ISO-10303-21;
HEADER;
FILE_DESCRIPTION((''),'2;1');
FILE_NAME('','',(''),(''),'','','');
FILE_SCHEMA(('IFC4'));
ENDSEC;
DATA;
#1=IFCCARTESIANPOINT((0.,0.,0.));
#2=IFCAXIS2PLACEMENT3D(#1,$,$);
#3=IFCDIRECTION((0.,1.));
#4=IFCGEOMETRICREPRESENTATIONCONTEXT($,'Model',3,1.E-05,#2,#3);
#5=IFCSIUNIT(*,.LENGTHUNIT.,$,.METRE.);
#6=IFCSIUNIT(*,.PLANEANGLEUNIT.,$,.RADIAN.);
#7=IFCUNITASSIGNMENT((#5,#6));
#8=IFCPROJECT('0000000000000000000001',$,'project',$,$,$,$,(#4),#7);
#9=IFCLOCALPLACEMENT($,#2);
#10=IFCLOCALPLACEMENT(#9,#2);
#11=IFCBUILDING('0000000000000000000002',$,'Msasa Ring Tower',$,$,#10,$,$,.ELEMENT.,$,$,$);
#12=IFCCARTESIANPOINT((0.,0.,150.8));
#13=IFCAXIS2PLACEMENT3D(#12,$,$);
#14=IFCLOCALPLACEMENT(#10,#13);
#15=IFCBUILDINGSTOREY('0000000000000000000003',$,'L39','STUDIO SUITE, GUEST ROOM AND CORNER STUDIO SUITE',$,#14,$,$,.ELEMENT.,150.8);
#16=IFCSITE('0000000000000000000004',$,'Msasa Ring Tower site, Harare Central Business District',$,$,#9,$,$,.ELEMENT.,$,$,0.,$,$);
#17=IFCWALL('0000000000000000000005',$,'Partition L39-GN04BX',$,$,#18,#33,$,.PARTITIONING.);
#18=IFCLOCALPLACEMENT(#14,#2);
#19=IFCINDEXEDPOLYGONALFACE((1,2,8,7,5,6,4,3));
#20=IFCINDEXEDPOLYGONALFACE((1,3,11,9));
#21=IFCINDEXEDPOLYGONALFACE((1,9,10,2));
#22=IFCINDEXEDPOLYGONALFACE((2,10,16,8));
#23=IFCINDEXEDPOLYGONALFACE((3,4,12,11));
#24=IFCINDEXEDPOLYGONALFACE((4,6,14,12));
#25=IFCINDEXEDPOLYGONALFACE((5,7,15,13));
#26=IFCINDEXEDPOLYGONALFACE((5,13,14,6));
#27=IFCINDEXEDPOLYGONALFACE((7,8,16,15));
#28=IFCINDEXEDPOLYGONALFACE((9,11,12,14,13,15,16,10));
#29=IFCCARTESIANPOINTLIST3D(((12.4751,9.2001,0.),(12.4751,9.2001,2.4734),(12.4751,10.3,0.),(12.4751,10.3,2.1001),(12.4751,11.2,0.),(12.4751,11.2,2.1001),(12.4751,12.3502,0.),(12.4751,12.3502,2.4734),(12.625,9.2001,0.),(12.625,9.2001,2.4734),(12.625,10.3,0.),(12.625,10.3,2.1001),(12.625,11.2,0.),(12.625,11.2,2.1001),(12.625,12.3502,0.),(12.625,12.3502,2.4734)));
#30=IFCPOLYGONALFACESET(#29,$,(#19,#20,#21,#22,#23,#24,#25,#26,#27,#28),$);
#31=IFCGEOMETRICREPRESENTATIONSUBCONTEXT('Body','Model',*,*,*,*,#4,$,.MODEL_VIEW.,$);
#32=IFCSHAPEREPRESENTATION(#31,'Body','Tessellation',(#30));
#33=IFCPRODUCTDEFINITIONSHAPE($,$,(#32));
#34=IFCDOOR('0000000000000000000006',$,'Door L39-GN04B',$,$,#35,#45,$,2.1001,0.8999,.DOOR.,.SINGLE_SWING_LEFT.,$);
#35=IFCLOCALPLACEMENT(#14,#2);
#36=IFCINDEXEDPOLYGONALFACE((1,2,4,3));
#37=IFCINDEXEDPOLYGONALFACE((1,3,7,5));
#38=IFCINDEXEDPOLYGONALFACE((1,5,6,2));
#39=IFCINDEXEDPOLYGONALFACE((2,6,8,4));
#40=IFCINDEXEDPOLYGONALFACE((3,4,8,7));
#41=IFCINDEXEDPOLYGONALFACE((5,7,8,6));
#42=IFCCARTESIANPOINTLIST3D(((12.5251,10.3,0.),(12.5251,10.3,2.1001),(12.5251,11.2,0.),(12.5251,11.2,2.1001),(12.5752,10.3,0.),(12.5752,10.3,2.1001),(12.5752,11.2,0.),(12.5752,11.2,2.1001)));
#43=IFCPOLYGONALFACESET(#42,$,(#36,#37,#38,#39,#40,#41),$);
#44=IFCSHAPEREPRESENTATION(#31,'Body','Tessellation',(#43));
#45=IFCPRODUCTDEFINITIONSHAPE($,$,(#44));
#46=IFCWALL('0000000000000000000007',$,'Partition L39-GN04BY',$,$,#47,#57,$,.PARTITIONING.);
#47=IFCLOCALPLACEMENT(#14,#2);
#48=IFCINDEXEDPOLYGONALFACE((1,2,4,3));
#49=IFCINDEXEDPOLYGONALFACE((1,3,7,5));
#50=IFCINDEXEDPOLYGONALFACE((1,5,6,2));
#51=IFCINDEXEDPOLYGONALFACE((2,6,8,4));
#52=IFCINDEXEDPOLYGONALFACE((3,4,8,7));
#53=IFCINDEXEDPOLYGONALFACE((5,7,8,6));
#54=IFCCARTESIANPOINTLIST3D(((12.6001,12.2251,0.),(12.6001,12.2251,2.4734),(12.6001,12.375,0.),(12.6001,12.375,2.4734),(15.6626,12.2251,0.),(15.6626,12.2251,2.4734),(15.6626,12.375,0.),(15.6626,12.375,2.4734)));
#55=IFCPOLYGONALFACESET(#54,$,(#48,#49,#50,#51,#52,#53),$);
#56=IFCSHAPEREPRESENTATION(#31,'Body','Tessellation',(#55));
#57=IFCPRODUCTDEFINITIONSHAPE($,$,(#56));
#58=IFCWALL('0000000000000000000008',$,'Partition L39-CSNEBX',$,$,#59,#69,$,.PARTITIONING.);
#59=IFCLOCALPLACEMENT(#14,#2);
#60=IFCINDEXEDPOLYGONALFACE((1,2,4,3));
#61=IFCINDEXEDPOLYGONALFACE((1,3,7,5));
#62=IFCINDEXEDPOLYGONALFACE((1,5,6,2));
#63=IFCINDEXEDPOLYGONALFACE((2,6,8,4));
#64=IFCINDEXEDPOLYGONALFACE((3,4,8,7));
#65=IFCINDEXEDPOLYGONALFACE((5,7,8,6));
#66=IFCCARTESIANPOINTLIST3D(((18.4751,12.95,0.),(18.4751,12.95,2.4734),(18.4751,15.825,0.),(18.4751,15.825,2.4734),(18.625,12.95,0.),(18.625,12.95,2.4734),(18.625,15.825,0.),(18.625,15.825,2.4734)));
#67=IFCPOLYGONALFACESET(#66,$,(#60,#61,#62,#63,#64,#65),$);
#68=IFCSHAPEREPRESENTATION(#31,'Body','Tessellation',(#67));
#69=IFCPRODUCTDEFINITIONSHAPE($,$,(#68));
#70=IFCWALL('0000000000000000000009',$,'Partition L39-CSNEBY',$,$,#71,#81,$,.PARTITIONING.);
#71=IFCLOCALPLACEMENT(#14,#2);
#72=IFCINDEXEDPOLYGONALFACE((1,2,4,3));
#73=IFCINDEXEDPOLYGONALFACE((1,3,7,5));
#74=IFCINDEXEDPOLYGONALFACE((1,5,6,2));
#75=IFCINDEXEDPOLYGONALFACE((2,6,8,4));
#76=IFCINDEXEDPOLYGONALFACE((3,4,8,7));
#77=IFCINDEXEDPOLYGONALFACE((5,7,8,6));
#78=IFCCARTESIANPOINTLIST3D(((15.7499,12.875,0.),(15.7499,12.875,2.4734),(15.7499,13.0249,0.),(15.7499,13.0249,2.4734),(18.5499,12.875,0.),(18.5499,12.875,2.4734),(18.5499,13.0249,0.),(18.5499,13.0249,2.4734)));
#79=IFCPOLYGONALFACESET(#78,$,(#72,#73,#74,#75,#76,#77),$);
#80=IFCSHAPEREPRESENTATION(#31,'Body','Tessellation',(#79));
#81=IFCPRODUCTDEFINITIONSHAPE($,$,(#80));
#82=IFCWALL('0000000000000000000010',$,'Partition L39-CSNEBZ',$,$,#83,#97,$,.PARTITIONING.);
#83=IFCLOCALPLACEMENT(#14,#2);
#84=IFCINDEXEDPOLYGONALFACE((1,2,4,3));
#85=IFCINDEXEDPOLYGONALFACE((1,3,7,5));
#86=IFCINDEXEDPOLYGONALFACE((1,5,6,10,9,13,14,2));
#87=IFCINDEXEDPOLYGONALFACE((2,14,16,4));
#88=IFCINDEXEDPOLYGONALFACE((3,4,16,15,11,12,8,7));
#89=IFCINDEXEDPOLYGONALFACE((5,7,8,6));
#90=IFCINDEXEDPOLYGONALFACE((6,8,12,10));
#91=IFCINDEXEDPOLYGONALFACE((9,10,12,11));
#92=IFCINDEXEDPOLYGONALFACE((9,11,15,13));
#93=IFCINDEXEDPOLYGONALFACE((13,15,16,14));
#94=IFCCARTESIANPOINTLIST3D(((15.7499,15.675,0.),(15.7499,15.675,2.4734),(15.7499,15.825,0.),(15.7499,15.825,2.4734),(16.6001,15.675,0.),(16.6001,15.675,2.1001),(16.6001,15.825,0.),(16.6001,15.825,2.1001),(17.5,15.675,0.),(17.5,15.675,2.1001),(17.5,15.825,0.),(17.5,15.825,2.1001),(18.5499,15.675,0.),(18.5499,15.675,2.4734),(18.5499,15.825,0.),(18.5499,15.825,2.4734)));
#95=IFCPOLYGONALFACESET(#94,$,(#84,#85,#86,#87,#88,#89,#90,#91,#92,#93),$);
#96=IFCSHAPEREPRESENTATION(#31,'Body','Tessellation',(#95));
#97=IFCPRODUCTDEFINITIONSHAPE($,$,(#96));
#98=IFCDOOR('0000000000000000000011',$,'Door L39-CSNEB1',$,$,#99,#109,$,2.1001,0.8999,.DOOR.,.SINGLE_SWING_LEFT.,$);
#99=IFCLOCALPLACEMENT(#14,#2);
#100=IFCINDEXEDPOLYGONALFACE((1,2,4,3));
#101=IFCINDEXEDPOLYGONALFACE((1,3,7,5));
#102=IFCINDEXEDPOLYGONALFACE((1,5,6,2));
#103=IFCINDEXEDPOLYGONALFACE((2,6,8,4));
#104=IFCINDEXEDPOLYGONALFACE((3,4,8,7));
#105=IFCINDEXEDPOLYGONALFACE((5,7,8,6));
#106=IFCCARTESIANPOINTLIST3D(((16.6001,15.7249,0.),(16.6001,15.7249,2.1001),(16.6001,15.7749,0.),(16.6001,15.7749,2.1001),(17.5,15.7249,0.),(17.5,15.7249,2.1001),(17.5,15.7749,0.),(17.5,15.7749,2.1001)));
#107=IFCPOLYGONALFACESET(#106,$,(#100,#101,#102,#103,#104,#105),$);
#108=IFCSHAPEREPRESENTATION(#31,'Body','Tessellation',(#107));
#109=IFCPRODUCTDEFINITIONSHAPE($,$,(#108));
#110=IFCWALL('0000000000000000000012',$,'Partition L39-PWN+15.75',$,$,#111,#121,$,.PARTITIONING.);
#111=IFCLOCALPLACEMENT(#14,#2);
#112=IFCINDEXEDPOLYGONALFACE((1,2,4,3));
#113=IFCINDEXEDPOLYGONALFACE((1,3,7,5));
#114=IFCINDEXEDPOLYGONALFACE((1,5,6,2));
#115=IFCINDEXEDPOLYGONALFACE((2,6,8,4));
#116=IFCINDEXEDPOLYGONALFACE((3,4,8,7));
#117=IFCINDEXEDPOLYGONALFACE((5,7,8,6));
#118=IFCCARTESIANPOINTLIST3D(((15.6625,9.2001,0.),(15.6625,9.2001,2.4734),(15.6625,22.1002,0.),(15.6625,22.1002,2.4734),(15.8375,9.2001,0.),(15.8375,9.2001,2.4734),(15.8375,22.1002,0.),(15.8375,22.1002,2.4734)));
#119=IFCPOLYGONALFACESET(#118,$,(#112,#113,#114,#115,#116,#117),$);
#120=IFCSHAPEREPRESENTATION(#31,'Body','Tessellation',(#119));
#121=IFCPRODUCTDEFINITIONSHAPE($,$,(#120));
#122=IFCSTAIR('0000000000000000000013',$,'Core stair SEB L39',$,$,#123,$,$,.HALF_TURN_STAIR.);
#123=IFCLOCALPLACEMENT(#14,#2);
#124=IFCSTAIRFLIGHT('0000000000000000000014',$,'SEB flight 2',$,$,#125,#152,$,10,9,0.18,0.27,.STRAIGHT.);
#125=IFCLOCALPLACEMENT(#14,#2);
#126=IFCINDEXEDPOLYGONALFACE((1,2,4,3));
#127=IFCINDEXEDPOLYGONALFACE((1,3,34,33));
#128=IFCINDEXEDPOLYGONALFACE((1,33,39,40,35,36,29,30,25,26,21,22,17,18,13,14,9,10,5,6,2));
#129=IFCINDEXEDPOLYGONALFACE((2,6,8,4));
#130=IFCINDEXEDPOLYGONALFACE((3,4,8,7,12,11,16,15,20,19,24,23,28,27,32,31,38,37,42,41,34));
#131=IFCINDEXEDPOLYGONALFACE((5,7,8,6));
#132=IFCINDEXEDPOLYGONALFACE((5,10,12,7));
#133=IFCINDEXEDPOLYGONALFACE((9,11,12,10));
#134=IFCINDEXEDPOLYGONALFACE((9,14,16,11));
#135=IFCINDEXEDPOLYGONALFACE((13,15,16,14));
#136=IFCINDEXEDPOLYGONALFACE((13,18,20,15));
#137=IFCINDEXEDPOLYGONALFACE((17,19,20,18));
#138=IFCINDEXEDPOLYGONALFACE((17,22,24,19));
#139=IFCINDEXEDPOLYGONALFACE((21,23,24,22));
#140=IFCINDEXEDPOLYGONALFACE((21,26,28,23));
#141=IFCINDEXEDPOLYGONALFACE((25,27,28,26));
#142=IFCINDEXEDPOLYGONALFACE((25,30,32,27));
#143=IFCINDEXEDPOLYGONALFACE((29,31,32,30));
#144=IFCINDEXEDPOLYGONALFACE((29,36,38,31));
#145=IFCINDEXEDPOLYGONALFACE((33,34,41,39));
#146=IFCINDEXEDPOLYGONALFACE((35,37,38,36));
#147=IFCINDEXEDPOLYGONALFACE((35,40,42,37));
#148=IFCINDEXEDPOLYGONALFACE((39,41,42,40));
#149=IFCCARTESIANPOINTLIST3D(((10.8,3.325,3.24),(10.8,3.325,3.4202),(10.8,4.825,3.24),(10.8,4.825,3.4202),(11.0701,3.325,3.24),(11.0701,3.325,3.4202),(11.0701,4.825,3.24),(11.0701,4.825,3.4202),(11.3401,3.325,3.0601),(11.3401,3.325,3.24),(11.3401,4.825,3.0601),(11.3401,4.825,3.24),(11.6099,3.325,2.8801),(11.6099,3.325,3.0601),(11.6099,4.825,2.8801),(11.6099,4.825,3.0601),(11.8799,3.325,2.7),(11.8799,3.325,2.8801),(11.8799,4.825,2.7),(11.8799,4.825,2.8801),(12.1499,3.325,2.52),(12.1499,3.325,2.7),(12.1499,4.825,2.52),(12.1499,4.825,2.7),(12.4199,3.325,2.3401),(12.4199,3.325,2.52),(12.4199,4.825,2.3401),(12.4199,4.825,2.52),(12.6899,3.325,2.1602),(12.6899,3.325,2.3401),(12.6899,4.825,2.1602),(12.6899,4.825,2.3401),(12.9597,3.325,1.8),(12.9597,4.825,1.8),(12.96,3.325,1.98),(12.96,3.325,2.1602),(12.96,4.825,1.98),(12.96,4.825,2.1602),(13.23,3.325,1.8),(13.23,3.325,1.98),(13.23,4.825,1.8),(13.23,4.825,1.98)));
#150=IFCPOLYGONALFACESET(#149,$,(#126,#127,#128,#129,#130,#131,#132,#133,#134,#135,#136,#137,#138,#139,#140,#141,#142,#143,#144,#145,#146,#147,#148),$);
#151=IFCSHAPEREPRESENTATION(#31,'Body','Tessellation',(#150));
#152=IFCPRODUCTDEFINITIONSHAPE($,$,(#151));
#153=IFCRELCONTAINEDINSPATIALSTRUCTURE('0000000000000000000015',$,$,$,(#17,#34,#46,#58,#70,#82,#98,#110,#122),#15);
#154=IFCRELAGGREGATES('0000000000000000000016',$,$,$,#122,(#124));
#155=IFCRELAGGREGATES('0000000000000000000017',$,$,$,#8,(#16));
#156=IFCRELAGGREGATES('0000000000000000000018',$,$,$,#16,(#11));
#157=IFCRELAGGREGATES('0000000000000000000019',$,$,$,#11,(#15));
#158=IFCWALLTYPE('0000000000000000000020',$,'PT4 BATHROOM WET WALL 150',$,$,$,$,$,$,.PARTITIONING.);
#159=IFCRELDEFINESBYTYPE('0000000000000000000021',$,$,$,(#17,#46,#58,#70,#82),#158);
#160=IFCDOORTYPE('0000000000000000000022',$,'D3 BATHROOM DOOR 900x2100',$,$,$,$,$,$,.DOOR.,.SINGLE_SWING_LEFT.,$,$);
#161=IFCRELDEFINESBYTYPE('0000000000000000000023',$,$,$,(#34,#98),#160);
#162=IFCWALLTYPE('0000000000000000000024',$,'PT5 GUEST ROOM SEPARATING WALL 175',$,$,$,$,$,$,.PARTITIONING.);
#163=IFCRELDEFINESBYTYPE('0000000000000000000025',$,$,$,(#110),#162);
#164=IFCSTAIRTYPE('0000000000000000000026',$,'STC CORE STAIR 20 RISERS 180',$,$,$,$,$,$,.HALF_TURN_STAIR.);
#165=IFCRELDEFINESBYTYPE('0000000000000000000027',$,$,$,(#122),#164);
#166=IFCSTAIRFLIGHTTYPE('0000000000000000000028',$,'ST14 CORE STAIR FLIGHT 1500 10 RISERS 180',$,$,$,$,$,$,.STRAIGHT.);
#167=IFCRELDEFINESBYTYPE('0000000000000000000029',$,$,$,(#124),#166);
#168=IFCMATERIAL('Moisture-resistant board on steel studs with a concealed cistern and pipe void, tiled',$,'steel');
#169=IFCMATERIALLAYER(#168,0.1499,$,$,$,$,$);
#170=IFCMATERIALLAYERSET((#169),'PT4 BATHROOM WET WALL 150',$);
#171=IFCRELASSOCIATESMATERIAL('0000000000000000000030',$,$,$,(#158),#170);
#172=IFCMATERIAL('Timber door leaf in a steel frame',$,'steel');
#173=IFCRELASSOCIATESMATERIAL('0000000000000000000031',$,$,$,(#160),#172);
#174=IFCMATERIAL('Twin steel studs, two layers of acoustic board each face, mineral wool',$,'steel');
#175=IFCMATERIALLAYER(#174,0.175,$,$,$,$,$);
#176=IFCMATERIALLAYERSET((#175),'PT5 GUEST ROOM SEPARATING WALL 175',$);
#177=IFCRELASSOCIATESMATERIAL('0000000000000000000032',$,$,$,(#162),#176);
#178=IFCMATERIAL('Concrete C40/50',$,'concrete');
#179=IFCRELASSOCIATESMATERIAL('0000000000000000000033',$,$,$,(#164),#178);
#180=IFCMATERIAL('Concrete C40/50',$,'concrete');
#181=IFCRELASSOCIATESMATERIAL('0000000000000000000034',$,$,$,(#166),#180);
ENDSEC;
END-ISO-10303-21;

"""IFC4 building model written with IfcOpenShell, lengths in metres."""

from ifc_helpers import new_model, si_unit, direction, frame, frame_2d, origin, place, context, subcontext, project, spatial, polyline, rectangle, outline, extrude, material, layer, layer_set, type_object, element, fill, aggregate, save


model = new_model("IFC4")

# Units and contexts
model_context = context("Model", 3, precision=1e-05, world=origin(), true_north=direction((0.0, 1.0)))
body_context = subcontext(model_context, "Body", "Model", "MODEL_VIEW")
ifc_project = project(units=[si_unit("LENGTHUNIT", "METRE"), si_unit("PLANEANGLEUNIT", "RADIAN")], contexts=[model_context])

# Site, building, storey
site_placement = place(None, origin())
site = spatial("IfcSite", under=ifc_project, at=site_placement, Name="Msasa Ring Tower site, Harare Central Business District", CompositionType="ELEMENT", RefElevation=0.0)
building_placement = place(site_placement, origin())
building = spatial("IfcBuilding", under=site, at=building_placement, Name="Msasa Ring Tower", CompositionType="ELEMENT")
storey_placement = place(building_placement, frame((0.0, 0.0, 150.8)))
storey = spatial("IfcBuildingStorey", under=building, at=storey_placement, Name="L39", Description="STUDIO SUITE, GUEST ROOM AND CORNER STUDIO SUITE", CompositionType="ELEMENT", Elevation=150.8)

# Wall, opening, door
ifc_material_1 = material(Name="Moisture-resistant board on steel studs with a concealed cistern and pipe void, tiled", Category="steel")
ifc_layer_1 = layer(ifc_material_1, 0.1499)
ifc_layer_set_1 = layer_set([ifc_layer_1], Name="PT4 BATHROOM WET WALL 150")
wall_type_1 = type_object("IfcWallType", Name="PT4 BATHROOM WET WALL 150", PredefinedType="PARTITIONING", material=ifc_layer_set_1)
wall_1_placement = place(storey_placement, frame((12.55, 9.2, 0.0), z_axis=(0.0, 0.0, 1.0), x_axis=(0.0, 1.0, 0.0)))
wall_1 = element("IfcWall", 1, at=wall_1_placement, inside=storey, type_object=wall_type_1, Name="Partition L39-GN04BX", PredefinedType="PARTITIONING", context=body_context, shape_type="SweptSolid", body=[
    extrude(rectangle(XDim=3.1501, YDim=0.1499, at=frame_2d((1.5752, 0.0))), origin(), (0.0, 0.0, 1.0), 2.4734),
])
opening_1_placement = place(wall_1_placement, frame((1.1001, 0.0, 0.0)))
opening_1 = element("IfcOpeningElement", 2, at=opening_1_placement, cuts=wall_1, PredefinedType="OPENING", context=body_context, shape_type="SweptSolid", body=[
    extrude(rectangle(XDim=0.8999, YDim=2.1001, at=frame_2d((0.45, 1.05))), frame((0.0, 0.085, 0.0), z_axis=(0.0, -1.0, 0.0), x_axis=(1.0, 0.0, 0.0)), (0.0, 0.0, 1.0), 0.1699),
])
ifc_material_2 = material(Name="Timber door leaf in a steel frame", Category="steel")
door_type_1 = type_object("IfcDoorType", Name="D3 BATHROOM DOOR 900x2100", OperationType="SINGLE_SWING_LEFT", PredefinedType="DOOR", material=ifc_material_2)
door_1_placement = place(opening_1_placement, origin())
door_1 = element("IfcDoor", 3, at=door_1_placement, inside=storey, type_object=door_type_1, Name="Door L39-GN04B", OperationType="SINGLE_SWING_LEFT", OverallHeight=2.1001, OverallWidth=0.8999, PredefinedType="DOOR", context=body_context, shape_type="SweptSolid", body=[
    extrude(rectangle(XDim=0.8999, YDim=2.1001, at=frame_2d((0.45, 1.05))), frame((0.0, 0.0249, 0.0), z_axis=(0.0, -1.0, 0.0), x_axis=(1.0, 0.0, 0.0)), (0.0, 0.0, 1.0), 0.05),
])
fill(opening_1, door_1)

# Walls
wall_2_placement = place(storey_placement, frame((12.6001, 12.3, 0.0), z_axis=(0.0, 0.0, 1.0), x_axis=(1.0, 0.0, 0.0)))
element("IfcWall", 4, at=wall_2_placement, inside=storey, type_object=wall_type_1, Name="Partition L39-GN04BY", PredefinedType="PARTITIONING", context=body_context, shape_type="SweptSolid", body=[
    extrude(rectangle(XDim=3.0625, YDim=0.1499, at=frame_2d((1.5312, 0.0))), origin(), (0.0, 0.0, 1.0), 2.4734),
])
wall_3_placement = place(storey_placement, frame((18.55, 12.95, 0.0), z_axis=(0.0, 0.0, 1.0), x_axis=(0.0, 1.0, 0.0)))
element("IfcWall", 5, at=wall_3_placement, inside=storey, type_object=wall_type_1, Name="Partition L39-CSNEBX", PredefinedType="PARTITIONING", context=body_context, shape_type="SweptSolid", body=[
    extrude(rectangle(XDim=2.875, YDim=0.1499, at=frame_2d((1.4375, 0.0))), origin(), (0.0, 0.0, 1.0), 2.4734),
])
wall_4_placement = place(storey_placement, frame((15.75, 12.95, 0.0), z_axis=(0.0, 0.0, 1.0), x_axis=(1.0, 0.0, 0.0)))
element("IfcWall", 6, at=wall_4_placement, inside=storey, type_object=wall_type_1, Name="Partition L39-CSNEBY", PredefinedType="PARTITIONING", context=body_context, shape_type="SweptSolid", body=[
    extrude(rectangle(XDim=2.8, YDim=0.1499, at=frame_2d((1.3999, 0.0))), origin(), (0.0, 0.0, 1.0), 2.4734),
])

# Wall, opening, door
wall_5_placement = place(storey_placement, frame((15.75, 15.75, 0.0), z_axis=(0.0, 0.0, 1.0), x_axis=(1.0, 0.0, 0.0)))
wall_5 = element("IfcWall", 7, at=wall_5_placement, inside=storey, type_object=wall_type_1, Name="Partition L39-CSNEBZ", PredefinedType="PARTITIONING", context=body_context, shape_type="SweptSolid", body=[
    extrude(rectangle(XDim=2.8, YDim=0.1499, at=frame_2d((1.3999, 0.0))), origin(), (0.0, 0.0, 1.0), 2.4734),
])
opening_2_placement = place(wall_5_placement, frame((0.8501, 0.0, 0.0)))
opening_2 = element("IfcOpeningElement", 8, at=opening_2_placement, cuts=wall_5, PredefinedType="OPENING", context=body_context, shape_type="SweptSolid", body=[
    extrude(rectangle(XDim=0.8999, YDim=2.1001, at=frame_2d((0.45, 1.05))), frame((0.0, 0.085, 0.0), z_axis=(0.0, -1.0, 0.0), x_axis=(1.0, 0.0, 0.0)), (0.0, 0.0, 1.0), 0.1699),
])
door_2_placement = place(opening_2_placement, origin())
door_2 = element("IfcDoor", 9, at=door_2_placement, inside=storey, type_object=door_type_1, Name="Door L39-CSNEB1", OperationType="SINGLE_SWING_LEFT", OverallHeight=2.1001, OverallWidth=0.8999, PredefinedType="DOOR", context=body_context, shape_type="SweptSolid", body=[
    extrude(rectangle(XDim=0.8999, YDim=2.1001, at=frame_2d((0.45, 1.05))), frame((0.0, 0.0249, 0.0), z_axis=(0.0, -1.0, 0.0), x_axis=(1.0, 0.0, 0.0)), (0.0, 0.0, 1.0), 0.05),
])
fill(opening_2, door_2)

# Wall
ifc_material_3 = material(Name="Twin steel studs, two layers of acoustic board each face, mineral wool", Category="steel")
ifc_layer_2 = layer(ifc_material_3, 0.175)
ifc_layer_set_2 = layer_set([ifc_layer_2], Name="PT5 GUEST ROOM SEPARATING WALL 175")
wall_type_2 = type_object("IfcWallType", Name="PT5 GUEST ROOM SEPARATING WALL 175", PredefinedType="PARTITIONING", material=ifc_layer_set_2)
wall_6_placement = place(storey_placement, frame((15.75, 9.2, 0.0), z_axis=(0.0, 0.0, 1.0), x_axis=(0.0, 1.0, 0.0)))
element("IfcWall", 10, at=wall_6_placement, inside=storey, type_object=wall_type_2, Name="Partition L39-PWN+15.75", PredefinedType="PARTITIONING", context=body_context, shape_type="SweptSolid", body=[
    extrude(rectangle(XDim=12.9001, YDim=0.175, at=frame_2d((6.4502, 0.0))), origin(), (0.0, 0.0, 1.0), 2.4734),
])

# Stair, stair flight
ifc_material_4 = material(Name="Concrete C40/50", Category="concrete")
stair_type = type_object("IfcStairType", Name="STC CORE STAIR 20 RISERS 180", PredefinedType="HALF_TURN_STAIR", material=ifc_material_4)
stair_placement = place(storey_placement, origin())
stair = element("IfcStair", 11, at=stair_placement, inside=storey, type_object=stair_type, Name="Core stair SEB L39", PredefinedType="HALF_TURN_STAIR")
ifc_material_5 = material(Name="Concrete C40/50", Category="concrete")
stair_flight_type = type_object("IfcStairFlightType", Name="ST14 CORE STAIR FLIGHT 1500 10 RISERS 180", PredefinedType="STRAIGHT", material=ifc_material_5)
stair_flight_placement = place(storey_placement, frame((13.23, 4.075, 1.8), z_axis=(0.0, 0.0, 1.0), x_axis=(-1.0, 0.0, 0.0)))
stair_flight = element("IfcStairFlight", 12, at=stair_flight_placement, type_object=stair_flight_type, Name="SEB flight 2", NumberOfRisers=10, NumberOfTreads=9, PredefinedType="STRAIGHT", RiserHeight=0.18, TreadLength=0.27, context=body_context, shape_type="SweptSolid", body=[
    extrude(outline(polyline([(0.0, 0.0), (0.0, 0.1799), (0.27, 0.1799), (0.27, 0.3601), (0.54, 0.3601), (0.54, 0.54), (0.8101, 0.54), (0.8101, 0.72), (1.0801, 0.72), (1.0801, 0.8999), (1.3501, 0.8999), (1.3501, 1.0801), (1.6201, 1.0801), (1.6201, 1.26), (1.8899, 1.26), (1.8899, 1.4399), (2.1599, 1.4399), (2.1599, 1.6201), (2.4299, 1.6201), (2.4299, 1.8), (2.4299, 1.4399), (0.2703, 0.0), (0.0, 0.0)])), frame((0.0, 0.75, 0.0), z_axis=(0.0, -1.0, 0.0), x_axis=(1.0, 0.0, 0.0)), (0.0, 0.0, 1.0), 1.5),
])
aggregate(stair, [stair_flight])

save(model, "model.ifc")
